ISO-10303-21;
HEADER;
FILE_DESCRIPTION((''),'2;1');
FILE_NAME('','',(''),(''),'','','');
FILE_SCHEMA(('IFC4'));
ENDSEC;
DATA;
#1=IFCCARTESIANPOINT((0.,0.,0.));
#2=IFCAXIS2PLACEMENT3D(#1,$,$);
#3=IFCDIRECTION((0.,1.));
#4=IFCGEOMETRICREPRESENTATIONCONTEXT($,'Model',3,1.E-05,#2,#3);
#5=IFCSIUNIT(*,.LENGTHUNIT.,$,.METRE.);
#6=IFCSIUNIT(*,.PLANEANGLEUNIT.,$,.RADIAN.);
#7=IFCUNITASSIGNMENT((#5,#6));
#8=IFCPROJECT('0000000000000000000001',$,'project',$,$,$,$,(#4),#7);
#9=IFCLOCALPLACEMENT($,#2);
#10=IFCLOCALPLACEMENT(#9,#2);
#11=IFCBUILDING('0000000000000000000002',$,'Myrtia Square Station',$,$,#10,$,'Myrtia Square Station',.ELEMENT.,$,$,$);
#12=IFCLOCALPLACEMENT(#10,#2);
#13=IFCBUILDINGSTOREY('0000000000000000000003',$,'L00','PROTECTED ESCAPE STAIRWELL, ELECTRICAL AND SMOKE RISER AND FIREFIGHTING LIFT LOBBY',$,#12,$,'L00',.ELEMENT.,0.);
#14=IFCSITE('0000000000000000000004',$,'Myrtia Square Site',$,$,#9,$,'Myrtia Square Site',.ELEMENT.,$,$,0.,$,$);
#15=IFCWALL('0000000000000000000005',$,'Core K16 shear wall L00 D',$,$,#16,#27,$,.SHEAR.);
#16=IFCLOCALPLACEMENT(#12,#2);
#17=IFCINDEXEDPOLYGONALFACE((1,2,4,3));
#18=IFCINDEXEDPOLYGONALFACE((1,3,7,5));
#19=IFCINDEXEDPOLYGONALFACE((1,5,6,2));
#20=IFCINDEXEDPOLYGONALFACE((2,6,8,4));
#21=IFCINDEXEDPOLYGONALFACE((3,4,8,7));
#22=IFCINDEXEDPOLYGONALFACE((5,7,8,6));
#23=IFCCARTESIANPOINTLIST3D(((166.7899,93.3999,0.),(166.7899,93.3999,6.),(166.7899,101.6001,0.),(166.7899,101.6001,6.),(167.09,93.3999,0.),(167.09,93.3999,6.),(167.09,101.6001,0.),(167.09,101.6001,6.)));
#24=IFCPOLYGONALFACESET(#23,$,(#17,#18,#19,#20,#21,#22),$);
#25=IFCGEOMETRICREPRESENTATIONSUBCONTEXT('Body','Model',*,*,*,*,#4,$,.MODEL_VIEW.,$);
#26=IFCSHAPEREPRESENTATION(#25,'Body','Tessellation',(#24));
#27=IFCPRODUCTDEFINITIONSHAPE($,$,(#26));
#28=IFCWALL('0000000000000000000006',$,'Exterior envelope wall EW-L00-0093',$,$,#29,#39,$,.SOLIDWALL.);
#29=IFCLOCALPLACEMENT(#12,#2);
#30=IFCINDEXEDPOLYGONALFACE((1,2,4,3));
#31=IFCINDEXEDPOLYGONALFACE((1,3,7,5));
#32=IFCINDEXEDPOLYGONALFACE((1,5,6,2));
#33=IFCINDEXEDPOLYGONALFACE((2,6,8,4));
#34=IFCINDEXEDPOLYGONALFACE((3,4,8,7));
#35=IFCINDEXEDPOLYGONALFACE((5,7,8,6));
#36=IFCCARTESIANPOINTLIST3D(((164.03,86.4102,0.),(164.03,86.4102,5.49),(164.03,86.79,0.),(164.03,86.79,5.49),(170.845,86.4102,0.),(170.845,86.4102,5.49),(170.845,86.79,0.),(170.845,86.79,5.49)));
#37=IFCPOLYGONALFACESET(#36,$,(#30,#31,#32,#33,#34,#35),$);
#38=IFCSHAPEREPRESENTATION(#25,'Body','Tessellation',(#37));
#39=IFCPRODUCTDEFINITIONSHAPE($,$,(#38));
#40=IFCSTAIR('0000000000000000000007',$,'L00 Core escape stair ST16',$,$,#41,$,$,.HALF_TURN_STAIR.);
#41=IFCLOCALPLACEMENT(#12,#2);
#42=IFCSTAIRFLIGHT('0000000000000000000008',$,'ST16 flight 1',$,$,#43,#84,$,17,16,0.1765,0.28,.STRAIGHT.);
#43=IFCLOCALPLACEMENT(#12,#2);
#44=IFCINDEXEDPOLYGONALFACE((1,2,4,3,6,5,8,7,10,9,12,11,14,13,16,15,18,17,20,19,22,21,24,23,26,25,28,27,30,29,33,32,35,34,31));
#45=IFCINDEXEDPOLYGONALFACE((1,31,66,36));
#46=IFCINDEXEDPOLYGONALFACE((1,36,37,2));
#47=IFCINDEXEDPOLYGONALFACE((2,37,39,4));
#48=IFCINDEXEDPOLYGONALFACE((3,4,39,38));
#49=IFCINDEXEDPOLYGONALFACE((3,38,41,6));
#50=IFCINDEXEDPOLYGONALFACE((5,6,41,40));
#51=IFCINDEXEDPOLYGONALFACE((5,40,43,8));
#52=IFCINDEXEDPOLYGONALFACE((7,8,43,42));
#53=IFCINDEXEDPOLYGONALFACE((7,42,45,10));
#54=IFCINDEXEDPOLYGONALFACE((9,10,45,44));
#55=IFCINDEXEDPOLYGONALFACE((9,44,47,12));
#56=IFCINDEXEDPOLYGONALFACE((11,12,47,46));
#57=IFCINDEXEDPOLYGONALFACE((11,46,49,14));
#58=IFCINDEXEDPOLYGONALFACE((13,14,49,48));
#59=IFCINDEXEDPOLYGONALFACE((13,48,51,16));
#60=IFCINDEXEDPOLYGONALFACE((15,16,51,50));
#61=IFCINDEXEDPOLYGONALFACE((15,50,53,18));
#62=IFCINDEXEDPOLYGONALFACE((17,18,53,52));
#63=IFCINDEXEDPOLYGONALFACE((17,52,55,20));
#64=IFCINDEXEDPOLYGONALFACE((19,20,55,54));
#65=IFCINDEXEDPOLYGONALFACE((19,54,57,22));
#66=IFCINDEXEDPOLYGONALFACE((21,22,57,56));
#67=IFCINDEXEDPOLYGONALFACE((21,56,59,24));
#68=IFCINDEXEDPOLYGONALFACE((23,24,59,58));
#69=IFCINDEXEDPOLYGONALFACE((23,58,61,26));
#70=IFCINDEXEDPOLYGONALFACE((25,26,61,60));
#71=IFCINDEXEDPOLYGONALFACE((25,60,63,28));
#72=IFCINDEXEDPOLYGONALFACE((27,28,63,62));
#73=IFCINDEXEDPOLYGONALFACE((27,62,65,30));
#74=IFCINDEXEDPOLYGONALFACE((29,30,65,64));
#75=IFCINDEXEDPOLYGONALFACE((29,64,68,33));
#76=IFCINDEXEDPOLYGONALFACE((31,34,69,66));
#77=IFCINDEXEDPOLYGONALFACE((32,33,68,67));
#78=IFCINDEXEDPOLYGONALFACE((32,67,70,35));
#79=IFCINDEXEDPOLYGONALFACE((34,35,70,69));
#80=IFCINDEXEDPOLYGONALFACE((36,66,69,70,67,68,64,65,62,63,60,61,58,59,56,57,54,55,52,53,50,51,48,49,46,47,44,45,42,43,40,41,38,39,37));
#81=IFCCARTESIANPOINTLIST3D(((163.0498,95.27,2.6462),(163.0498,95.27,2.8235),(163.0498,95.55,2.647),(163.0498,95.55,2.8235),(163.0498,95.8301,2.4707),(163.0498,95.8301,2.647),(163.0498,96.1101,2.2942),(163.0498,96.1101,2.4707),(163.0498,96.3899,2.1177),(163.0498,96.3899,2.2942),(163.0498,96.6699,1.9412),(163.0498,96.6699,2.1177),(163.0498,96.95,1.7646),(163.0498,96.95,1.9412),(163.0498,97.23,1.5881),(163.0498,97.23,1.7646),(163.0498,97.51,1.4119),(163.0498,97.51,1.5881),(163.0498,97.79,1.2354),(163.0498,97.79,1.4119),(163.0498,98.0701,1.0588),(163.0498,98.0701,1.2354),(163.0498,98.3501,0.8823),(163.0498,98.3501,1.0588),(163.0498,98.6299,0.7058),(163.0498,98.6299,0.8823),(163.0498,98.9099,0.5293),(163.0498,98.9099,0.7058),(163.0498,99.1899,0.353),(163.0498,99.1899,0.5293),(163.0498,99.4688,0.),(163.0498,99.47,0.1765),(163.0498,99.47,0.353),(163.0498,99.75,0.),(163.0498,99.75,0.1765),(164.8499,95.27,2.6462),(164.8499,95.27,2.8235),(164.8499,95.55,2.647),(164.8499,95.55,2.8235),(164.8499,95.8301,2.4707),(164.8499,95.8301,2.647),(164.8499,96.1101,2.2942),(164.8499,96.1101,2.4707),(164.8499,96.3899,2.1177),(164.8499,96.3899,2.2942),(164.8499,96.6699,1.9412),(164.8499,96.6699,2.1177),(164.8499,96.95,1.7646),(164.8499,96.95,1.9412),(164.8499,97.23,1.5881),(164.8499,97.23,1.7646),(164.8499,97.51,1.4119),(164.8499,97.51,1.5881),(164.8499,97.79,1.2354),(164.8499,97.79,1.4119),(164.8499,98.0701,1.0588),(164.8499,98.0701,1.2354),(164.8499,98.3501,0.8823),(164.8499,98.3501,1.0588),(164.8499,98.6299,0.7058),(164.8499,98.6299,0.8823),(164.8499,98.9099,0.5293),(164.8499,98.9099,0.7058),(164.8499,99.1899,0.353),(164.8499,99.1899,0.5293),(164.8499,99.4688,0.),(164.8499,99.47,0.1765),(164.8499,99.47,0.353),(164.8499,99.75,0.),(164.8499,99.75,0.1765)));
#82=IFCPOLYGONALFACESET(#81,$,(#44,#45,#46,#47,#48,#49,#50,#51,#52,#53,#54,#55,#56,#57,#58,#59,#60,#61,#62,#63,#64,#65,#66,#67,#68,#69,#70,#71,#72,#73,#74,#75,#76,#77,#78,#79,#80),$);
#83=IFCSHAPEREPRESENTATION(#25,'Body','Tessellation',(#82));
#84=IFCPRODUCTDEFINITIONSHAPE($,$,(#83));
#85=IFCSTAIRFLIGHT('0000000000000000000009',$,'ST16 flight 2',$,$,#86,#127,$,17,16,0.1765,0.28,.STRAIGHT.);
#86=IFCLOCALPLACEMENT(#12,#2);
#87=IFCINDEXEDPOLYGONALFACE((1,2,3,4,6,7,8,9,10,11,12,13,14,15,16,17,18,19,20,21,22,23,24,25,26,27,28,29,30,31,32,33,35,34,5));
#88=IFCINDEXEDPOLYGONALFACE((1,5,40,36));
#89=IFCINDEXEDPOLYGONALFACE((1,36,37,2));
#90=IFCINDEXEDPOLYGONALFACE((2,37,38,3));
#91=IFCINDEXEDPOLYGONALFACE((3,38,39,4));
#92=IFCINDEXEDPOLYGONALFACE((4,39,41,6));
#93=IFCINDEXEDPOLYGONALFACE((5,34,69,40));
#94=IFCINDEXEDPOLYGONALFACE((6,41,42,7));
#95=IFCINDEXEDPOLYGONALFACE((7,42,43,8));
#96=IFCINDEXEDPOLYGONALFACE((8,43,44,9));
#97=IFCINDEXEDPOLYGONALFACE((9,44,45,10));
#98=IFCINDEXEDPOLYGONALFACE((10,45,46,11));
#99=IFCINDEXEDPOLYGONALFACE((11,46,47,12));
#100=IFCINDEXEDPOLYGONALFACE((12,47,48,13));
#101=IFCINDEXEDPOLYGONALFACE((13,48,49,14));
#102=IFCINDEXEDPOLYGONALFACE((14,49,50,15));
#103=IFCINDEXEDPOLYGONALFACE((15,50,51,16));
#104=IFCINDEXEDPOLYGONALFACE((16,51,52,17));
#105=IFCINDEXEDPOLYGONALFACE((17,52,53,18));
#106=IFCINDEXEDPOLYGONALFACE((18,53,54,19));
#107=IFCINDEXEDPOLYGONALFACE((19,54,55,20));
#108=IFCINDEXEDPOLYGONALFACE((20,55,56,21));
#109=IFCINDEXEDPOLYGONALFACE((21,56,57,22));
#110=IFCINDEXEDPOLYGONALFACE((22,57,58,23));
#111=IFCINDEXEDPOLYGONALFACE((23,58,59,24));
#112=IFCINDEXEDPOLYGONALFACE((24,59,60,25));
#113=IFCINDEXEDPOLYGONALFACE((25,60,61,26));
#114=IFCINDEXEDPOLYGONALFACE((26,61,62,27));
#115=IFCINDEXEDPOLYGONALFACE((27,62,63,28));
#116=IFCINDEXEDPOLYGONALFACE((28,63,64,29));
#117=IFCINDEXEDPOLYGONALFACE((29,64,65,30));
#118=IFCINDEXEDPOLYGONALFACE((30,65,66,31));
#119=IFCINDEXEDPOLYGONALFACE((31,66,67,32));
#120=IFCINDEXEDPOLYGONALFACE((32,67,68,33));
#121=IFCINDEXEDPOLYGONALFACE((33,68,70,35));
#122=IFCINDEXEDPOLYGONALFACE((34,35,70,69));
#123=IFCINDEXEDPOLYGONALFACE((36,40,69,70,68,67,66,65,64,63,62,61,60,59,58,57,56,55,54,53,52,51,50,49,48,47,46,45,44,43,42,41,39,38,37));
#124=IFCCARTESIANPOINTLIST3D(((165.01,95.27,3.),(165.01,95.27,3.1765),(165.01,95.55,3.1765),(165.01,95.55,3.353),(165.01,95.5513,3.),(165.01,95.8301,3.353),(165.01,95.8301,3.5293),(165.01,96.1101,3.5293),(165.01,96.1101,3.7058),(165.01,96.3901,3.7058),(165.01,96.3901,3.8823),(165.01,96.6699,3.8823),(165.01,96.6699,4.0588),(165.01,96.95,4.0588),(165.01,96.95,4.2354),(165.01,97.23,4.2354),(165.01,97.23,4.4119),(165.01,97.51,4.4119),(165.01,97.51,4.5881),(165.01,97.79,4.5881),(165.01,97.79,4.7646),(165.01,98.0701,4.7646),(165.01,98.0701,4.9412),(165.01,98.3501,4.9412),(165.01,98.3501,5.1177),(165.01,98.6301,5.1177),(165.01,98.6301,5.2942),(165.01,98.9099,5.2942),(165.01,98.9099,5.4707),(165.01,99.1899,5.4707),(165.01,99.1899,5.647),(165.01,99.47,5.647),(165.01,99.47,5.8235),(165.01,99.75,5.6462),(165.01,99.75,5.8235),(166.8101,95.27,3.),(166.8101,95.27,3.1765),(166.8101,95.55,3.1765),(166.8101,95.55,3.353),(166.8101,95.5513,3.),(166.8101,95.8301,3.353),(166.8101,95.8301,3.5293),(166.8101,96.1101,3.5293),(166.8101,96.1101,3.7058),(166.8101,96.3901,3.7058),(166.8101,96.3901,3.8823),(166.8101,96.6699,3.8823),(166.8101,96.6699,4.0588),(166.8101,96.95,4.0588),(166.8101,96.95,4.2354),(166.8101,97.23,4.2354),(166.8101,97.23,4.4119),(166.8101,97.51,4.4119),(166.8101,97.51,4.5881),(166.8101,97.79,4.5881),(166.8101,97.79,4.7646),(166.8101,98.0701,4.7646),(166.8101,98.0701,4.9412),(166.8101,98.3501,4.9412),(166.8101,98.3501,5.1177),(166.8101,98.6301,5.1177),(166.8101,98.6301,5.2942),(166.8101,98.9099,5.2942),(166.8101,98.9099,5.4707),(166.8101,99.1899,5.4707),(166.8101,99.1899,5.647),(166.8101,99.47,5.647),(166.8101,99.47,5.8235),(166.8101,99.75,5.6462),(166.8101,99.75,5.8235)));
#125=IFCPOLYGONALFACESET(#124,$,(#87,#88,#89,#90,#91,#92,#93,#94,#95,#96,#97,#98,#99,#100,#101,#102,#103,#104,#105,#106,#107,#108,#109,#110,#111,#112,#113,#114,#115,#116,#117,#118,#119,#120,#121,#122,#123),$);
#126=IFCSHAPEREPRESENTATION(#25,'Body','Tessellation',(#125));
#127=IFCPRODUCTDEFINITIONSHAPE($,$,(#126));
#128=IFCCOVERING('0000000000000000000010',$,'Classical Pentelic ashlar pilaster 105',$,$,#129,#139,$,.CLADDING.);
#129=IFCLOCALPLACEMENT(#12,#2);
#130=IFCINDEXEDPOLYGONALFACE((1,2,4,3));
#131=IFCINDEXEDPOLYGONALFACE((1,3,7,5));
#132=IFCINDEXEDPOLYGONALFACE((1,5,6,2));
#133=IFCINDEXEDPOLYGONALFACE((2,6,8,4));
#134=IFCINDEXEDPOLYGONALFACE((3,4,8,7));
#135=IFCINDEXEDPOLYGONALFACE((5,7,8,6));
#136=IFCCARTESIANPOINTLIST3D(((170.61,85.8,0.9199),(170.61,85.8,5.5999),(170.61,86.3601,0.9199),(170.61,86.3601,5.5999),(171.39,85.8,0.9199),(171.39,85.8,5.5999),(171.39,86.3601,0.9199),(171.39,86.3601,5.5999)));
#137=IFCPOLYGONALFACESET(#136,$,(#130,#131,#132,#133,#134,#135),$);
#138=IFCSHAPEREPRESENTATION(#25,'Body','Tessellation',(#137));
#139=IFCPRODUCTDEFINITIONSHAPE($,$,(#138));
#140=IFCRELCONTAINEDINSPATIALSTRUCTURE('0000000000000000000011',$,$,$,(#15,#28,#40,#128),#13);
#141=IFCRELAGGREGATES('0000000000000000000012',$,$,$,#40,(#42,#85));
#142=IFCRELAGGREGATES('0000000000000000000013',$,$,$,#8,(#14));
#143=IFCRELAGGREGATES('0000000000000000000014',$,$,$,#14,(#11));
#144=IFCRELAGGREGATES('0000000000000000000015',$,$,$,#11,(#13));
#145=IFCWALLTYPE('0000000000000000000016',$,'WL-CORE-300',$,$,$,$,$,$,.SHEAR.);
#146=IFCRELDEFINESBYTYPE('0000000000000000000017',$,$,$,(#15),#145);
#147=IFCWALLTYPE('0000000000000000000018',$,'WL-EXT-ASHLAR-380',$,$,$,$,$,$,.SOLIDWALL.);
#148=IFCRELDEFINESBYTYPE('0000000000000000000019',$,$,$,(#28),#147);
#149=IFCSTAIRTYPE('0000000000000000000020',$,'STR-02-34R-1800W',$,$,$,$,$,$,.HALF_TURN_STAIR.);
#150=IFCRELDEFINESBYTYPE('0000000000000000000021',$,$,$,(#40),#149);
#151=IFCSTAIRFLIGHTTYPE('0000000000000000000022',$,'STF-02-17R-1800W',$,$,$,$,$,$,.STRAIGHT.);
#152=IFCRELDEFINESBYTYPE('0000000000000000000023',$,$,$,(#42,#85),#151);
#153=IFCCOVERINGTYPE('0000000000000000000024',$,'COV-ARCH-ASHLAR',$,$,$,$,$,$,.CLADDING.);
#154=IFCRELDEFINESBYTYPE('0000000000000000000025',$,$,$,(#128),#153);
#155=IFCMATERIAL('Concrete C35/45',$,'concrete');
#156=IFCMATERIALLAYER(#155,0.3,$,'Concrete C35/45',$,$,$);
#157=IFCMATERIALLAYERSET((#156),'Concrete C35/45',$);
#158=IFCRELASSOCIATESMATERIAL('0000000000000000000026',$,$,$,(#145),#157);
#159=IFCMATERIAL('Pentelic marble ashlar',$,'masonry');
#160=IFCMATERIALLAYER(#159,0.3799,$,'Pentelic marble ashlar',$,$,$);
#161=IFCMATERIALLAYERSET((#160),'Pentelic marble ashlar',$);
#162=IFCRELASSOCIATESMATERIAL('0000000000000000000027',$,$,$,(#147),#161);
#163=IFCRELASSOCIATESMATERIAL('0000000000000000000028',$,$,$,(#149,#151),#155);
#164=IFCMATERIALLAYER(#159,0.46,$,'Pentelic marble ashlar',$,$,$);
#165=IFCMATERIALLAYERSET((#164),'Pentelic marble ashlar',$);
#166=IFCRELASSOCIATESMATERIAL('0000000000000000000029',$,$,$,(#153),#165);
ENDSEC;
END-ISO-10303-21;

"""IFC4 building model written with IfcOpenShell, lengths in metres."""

from ifc_helpers import new_model, si_unit, direction, frame, frame_2d, origin, origin_2d, place, context, subcontext, project, spatial, polyline, rectangle, outline, extrude, material, layer, layer_set, type_object, element, aggregate, save


model = new_model("IFC4")

# Units and contexts
model_context = context("Model", 3, precision=1e-05, world=origin(), true_north=direction((0.0, 1.0)))
body_context = subcontext(model_context, "Body", "Model", "MODEL_VIEW")
ifc_project = project(units=[si_unit("LENGTHUNIT", "METRE"), si_unit("PLANEANGLEUNIT", "RADIAN")], contexts=[model_context])

# Site, building, storey
site_placement = place(None, origin())
site = spatial("IfcSite", under=ifc_project, at=site_placement, Name="Myrtia Square Site", LongName="Myrtia Square Site", CompositionType="ELEMENT", RefElevation=0.0)
building_placement = place(site_placement, origin())
building = spatial("IfcBuilding", under=site, at=building_placement, Name="Myrtia Square Station", LongName="Myrtia Square Station", CompositionType="ELEMENT")
storey_placement = place(building_placement, origin())
storey = spatial("IfcBuildingStorey", under=building, at=storey_placement, Name="L00", Description="PROTECTED ESCAPE STAIRWELL, ELECTRICAL AND SMOKE RISER AND FIREFIGHTING LIFT LOBBY", LongName="L00", CompositionType="ELEMENT", Elevation=0.0)

# Shared definitions
ifc_material_1 = material(Name="Concrete C35/45", Category="concrete")
ifc_layer_1 = layer(ifc_material_1, 0.3, Name="Concrete C35/45")
ifc_layer_set_1 = layer_set([ifc_layer_1], Name="Concrete C35/45")
wall_type_1 = type_object("IfcWallType", Name="WL-CORE-300", PredefinedType="SHEAR", material=ifc_layer_set_1)

# Walls
wall_1_placement = place(storey_placement, frame((166.9399, 93.3999, 0.0), z_axis=(0.0, 0.0, 1.0), x_axis=(0.0, 1.0, 0.0)))
element("IfcWall", 1, at=wall_1_placement, inside=storey, type_object=wall_type_1, Name="Core K16 shear wall L00 D", PredefinedType="SHEAR", context=body_context, shape_type="SweptSolid", body=[
    extrude(rectangle(XDim=8.2002, YDim=0.3, at=frame_2d((4.1001, 0.0))), origin(), (0.0, 0.0, 1.0), 6.0),
])
ifc_material_2 = material(Name="Pentelic marble ashlar", Category="masonry")
ifc_layer_2 = layer(ifc_material_2, 0.3799, Name="Pentelic marble ashlar")
ifc_layer_set_2 = layer_set([ifc_layer_2], Name="Pentelic marble ashlar")
wall_type_2 = type_object("IfcWallType", Name="WL-EXT-ASHLAR-380", PredefinedType="SOLIDWALL", material=ifc_layer_set_2)
wall_2_placement = place(storey_placement, frame((164.03, 86.6001, 0.0), z_axis=(0.0, 0.0, 1.0), x_axis=(1.0, 0.0, 0.0)))
element("IfcWall", 2, at=wall_2_placement, inside=storey, type_object=wall_type_2, Name="Exterior envelope wall EW-L00-0093", PredefinedType="SOLIDWALL", context=body_context, shape_type="SweptSolid", body=[
    extrude(rectangle(XDim=6.8149, YDim=0.3799, at=frame_2d((3.4075, 0.0))), origin(), (0.0, 0.0, 1.0), 5.49),
])

# Stair, stair flights
stair_type = type_object("IfcStairType", Name="STR-02-34R-1800W", PredefinedType="HALF_TURN_STAIR", material=ifc_material_1)
stair_placement = place(storey_placement, origin())
stair = element("IfcStair", 3, at=stair_placement, inside=storey, type_object=stair_type, Name="L00 Core escape stair ST16", PredefinedType="HALF_TURN_STAIR")
stair_flight_type = type_object("IfcStairFlightType", Name="STF-02-17R-1800W", PredefinedType="STRAIGHT", material=ifc_material_1)
stair_flight_1_placement = place(storey_placement, frame((163.95, 99.75, 0.0), z_axis=(0.0, 0.0, 1.0), x_axis=(0.0, -1.0, 0.0)))
stair_flight_1 = element("IfcStairFlight", 4, at=stair_flight_1_placement, type_object=stair_flight_type, Name="ST16 flight 1", NumberOfRisers=17, NumberOfTreads=16, PredefinedType="STRAIGHT", RiserHeight=0.1765, TreadLength=0.28, context=body_context, shape_type="SweptSolid", body=[
    extrude(outline(polyline([(0.0, 0.0), (0.0, 0.1765), (0.28, 0.1765), (0.28, 0.353), (0.5601, 0.353), (0.5601, 0.5293), (0.8401, 0.5293), (0.8401, 0.7058), (1.1201, 0.7058), (1.1201, 0.8823), (1.3999, 0.8823), (1.3999, 1.0588), (1.6799, 1.0588), (1.6799, 1.2354), (1.96, 1.2354), (1.96, 1.4119), (2.24, 1.4119), (2.24, 1.5881), (2.52, 1.5881), (2.52, 1.7646), (2.8, 1.7646), (2.8, 1.9412), (3.0801, 1.9412), (3.0801, 2.1177), (3.3601, 2.1177), (3.3601, 2.2942), (3.6399, 2.2942), (3.6399, 2.4707), (3.9199, 2.4707), (3.9199, 2.647), (4.2, 2.647), (4.2, 2.8235), (4.48, 2.8235), (4.48, 3.0), (4.48, 2.6462), (0.2812, 0.0), (0.0, 0.0)])), frame((0.0, 0.8999, 0.0), z_axis=(0.0, -1.0, 0.0), x_axis=(1.0, 0.0, 0.0)), (0.0, 0.0, 1.0), 1.8),
])
stair_flight_2_placement = place(storey_placement, frame((165.9099, 95.27, 3.0), z_axis=(0.0, 0.0, 1.0), x_axis=(0.0, 1.0, 0.0)))
stair_flight_2 = element("IfcStairFlight", 5, at=stair_flight_2_placement, type_object=stair_flight_type, Name="ST16 flight 2", NumberOfRisers=17, NumberOfTreads=16, PredefinedType="STRAIGHT", RiserHeight=0.1765, TreadLength=0.28, context=body_context, shape_type="SweptSolid", body=[
    extrude(outline(polyline([(0.0, 0.0), (0.0, 0.1765), (0.28, 0.1765), (0.28, 0.353), (0.5601, 0.353), (0.5601, 0.5293), (0.8401, 0.5293), (0.8401, 0.7058), (1.1201, 0.7058), (1.1201, 0.8823), (1.3999, 0.8823), (1.3999, 1.0588), (1.6799, 1.0588), (1.6799, 1.2354), (1.96, 1.2354), (1.96, 1.4119), (2.24, 1.4119), (2.24, 1.5881), (2.52, 1.5881), (2.52, 1.7646), (2.8, 1.7646), (2.8, 1.9412), (3.0801, 1.9412), (3.0801, 2.1177), (3.3601, 2.1177), (3.3601, 2.2942), (3.6399, 2.2942), (3.6399, 2.4707), (3.9199, 2.4707), (3.9199, 2.647), (4.2, 2.647), (4.2, 2.8235), (4.48, 2.8235), (4.48, 3.0), (4.48, 2.6462), (0.2812, 0.0), (0.0, 0.0)])), frame((0.0, 0.8999, 0.0), z_axis=(0.0, -1.0, 0.0), x_axis=(1.0, 0.0, 0.0)), (0.0, 0.0, 1.0), 1.8),
])
aggregate(stair, [stair_flight_1, stair_flight_2])

# Covering
ifc_layer_3 = layer(ifc_material_2, 0.46, Name="Pentelic marble ashlar")
ifc_layer_set_3 = layer_set([ifc_layer_3], Name="Pentelic marble ashlar")
covering_type = type_object("IfcCoveringType", Name="COV-ARCH-ASHLAR", PredefinedType="CLADDING", material=ifc_layer_set_3)
covering_placement = place(storey_placement, frame((171.0, 86.0801, 0.9199), z_axis=(0.0, 0.0, 1.0), x_axis=(1.0, 0.0, 0.0)))
element("IfcCovering", 6, at=covering_placement, inside=storey, type_object=covering_type, Name="Classical Pentelic ashlar pilaster 105", PredefinedType="CLADDING", context=body_context, shape_type="SweptSolid", body=[
    extrude(rectangle(XDim=0.78, YDim=0.5601, at=origin_2d()), origin(), (0.0, 0.0, 1.0), 4.6799),
])

save(model, "model.ifc")
